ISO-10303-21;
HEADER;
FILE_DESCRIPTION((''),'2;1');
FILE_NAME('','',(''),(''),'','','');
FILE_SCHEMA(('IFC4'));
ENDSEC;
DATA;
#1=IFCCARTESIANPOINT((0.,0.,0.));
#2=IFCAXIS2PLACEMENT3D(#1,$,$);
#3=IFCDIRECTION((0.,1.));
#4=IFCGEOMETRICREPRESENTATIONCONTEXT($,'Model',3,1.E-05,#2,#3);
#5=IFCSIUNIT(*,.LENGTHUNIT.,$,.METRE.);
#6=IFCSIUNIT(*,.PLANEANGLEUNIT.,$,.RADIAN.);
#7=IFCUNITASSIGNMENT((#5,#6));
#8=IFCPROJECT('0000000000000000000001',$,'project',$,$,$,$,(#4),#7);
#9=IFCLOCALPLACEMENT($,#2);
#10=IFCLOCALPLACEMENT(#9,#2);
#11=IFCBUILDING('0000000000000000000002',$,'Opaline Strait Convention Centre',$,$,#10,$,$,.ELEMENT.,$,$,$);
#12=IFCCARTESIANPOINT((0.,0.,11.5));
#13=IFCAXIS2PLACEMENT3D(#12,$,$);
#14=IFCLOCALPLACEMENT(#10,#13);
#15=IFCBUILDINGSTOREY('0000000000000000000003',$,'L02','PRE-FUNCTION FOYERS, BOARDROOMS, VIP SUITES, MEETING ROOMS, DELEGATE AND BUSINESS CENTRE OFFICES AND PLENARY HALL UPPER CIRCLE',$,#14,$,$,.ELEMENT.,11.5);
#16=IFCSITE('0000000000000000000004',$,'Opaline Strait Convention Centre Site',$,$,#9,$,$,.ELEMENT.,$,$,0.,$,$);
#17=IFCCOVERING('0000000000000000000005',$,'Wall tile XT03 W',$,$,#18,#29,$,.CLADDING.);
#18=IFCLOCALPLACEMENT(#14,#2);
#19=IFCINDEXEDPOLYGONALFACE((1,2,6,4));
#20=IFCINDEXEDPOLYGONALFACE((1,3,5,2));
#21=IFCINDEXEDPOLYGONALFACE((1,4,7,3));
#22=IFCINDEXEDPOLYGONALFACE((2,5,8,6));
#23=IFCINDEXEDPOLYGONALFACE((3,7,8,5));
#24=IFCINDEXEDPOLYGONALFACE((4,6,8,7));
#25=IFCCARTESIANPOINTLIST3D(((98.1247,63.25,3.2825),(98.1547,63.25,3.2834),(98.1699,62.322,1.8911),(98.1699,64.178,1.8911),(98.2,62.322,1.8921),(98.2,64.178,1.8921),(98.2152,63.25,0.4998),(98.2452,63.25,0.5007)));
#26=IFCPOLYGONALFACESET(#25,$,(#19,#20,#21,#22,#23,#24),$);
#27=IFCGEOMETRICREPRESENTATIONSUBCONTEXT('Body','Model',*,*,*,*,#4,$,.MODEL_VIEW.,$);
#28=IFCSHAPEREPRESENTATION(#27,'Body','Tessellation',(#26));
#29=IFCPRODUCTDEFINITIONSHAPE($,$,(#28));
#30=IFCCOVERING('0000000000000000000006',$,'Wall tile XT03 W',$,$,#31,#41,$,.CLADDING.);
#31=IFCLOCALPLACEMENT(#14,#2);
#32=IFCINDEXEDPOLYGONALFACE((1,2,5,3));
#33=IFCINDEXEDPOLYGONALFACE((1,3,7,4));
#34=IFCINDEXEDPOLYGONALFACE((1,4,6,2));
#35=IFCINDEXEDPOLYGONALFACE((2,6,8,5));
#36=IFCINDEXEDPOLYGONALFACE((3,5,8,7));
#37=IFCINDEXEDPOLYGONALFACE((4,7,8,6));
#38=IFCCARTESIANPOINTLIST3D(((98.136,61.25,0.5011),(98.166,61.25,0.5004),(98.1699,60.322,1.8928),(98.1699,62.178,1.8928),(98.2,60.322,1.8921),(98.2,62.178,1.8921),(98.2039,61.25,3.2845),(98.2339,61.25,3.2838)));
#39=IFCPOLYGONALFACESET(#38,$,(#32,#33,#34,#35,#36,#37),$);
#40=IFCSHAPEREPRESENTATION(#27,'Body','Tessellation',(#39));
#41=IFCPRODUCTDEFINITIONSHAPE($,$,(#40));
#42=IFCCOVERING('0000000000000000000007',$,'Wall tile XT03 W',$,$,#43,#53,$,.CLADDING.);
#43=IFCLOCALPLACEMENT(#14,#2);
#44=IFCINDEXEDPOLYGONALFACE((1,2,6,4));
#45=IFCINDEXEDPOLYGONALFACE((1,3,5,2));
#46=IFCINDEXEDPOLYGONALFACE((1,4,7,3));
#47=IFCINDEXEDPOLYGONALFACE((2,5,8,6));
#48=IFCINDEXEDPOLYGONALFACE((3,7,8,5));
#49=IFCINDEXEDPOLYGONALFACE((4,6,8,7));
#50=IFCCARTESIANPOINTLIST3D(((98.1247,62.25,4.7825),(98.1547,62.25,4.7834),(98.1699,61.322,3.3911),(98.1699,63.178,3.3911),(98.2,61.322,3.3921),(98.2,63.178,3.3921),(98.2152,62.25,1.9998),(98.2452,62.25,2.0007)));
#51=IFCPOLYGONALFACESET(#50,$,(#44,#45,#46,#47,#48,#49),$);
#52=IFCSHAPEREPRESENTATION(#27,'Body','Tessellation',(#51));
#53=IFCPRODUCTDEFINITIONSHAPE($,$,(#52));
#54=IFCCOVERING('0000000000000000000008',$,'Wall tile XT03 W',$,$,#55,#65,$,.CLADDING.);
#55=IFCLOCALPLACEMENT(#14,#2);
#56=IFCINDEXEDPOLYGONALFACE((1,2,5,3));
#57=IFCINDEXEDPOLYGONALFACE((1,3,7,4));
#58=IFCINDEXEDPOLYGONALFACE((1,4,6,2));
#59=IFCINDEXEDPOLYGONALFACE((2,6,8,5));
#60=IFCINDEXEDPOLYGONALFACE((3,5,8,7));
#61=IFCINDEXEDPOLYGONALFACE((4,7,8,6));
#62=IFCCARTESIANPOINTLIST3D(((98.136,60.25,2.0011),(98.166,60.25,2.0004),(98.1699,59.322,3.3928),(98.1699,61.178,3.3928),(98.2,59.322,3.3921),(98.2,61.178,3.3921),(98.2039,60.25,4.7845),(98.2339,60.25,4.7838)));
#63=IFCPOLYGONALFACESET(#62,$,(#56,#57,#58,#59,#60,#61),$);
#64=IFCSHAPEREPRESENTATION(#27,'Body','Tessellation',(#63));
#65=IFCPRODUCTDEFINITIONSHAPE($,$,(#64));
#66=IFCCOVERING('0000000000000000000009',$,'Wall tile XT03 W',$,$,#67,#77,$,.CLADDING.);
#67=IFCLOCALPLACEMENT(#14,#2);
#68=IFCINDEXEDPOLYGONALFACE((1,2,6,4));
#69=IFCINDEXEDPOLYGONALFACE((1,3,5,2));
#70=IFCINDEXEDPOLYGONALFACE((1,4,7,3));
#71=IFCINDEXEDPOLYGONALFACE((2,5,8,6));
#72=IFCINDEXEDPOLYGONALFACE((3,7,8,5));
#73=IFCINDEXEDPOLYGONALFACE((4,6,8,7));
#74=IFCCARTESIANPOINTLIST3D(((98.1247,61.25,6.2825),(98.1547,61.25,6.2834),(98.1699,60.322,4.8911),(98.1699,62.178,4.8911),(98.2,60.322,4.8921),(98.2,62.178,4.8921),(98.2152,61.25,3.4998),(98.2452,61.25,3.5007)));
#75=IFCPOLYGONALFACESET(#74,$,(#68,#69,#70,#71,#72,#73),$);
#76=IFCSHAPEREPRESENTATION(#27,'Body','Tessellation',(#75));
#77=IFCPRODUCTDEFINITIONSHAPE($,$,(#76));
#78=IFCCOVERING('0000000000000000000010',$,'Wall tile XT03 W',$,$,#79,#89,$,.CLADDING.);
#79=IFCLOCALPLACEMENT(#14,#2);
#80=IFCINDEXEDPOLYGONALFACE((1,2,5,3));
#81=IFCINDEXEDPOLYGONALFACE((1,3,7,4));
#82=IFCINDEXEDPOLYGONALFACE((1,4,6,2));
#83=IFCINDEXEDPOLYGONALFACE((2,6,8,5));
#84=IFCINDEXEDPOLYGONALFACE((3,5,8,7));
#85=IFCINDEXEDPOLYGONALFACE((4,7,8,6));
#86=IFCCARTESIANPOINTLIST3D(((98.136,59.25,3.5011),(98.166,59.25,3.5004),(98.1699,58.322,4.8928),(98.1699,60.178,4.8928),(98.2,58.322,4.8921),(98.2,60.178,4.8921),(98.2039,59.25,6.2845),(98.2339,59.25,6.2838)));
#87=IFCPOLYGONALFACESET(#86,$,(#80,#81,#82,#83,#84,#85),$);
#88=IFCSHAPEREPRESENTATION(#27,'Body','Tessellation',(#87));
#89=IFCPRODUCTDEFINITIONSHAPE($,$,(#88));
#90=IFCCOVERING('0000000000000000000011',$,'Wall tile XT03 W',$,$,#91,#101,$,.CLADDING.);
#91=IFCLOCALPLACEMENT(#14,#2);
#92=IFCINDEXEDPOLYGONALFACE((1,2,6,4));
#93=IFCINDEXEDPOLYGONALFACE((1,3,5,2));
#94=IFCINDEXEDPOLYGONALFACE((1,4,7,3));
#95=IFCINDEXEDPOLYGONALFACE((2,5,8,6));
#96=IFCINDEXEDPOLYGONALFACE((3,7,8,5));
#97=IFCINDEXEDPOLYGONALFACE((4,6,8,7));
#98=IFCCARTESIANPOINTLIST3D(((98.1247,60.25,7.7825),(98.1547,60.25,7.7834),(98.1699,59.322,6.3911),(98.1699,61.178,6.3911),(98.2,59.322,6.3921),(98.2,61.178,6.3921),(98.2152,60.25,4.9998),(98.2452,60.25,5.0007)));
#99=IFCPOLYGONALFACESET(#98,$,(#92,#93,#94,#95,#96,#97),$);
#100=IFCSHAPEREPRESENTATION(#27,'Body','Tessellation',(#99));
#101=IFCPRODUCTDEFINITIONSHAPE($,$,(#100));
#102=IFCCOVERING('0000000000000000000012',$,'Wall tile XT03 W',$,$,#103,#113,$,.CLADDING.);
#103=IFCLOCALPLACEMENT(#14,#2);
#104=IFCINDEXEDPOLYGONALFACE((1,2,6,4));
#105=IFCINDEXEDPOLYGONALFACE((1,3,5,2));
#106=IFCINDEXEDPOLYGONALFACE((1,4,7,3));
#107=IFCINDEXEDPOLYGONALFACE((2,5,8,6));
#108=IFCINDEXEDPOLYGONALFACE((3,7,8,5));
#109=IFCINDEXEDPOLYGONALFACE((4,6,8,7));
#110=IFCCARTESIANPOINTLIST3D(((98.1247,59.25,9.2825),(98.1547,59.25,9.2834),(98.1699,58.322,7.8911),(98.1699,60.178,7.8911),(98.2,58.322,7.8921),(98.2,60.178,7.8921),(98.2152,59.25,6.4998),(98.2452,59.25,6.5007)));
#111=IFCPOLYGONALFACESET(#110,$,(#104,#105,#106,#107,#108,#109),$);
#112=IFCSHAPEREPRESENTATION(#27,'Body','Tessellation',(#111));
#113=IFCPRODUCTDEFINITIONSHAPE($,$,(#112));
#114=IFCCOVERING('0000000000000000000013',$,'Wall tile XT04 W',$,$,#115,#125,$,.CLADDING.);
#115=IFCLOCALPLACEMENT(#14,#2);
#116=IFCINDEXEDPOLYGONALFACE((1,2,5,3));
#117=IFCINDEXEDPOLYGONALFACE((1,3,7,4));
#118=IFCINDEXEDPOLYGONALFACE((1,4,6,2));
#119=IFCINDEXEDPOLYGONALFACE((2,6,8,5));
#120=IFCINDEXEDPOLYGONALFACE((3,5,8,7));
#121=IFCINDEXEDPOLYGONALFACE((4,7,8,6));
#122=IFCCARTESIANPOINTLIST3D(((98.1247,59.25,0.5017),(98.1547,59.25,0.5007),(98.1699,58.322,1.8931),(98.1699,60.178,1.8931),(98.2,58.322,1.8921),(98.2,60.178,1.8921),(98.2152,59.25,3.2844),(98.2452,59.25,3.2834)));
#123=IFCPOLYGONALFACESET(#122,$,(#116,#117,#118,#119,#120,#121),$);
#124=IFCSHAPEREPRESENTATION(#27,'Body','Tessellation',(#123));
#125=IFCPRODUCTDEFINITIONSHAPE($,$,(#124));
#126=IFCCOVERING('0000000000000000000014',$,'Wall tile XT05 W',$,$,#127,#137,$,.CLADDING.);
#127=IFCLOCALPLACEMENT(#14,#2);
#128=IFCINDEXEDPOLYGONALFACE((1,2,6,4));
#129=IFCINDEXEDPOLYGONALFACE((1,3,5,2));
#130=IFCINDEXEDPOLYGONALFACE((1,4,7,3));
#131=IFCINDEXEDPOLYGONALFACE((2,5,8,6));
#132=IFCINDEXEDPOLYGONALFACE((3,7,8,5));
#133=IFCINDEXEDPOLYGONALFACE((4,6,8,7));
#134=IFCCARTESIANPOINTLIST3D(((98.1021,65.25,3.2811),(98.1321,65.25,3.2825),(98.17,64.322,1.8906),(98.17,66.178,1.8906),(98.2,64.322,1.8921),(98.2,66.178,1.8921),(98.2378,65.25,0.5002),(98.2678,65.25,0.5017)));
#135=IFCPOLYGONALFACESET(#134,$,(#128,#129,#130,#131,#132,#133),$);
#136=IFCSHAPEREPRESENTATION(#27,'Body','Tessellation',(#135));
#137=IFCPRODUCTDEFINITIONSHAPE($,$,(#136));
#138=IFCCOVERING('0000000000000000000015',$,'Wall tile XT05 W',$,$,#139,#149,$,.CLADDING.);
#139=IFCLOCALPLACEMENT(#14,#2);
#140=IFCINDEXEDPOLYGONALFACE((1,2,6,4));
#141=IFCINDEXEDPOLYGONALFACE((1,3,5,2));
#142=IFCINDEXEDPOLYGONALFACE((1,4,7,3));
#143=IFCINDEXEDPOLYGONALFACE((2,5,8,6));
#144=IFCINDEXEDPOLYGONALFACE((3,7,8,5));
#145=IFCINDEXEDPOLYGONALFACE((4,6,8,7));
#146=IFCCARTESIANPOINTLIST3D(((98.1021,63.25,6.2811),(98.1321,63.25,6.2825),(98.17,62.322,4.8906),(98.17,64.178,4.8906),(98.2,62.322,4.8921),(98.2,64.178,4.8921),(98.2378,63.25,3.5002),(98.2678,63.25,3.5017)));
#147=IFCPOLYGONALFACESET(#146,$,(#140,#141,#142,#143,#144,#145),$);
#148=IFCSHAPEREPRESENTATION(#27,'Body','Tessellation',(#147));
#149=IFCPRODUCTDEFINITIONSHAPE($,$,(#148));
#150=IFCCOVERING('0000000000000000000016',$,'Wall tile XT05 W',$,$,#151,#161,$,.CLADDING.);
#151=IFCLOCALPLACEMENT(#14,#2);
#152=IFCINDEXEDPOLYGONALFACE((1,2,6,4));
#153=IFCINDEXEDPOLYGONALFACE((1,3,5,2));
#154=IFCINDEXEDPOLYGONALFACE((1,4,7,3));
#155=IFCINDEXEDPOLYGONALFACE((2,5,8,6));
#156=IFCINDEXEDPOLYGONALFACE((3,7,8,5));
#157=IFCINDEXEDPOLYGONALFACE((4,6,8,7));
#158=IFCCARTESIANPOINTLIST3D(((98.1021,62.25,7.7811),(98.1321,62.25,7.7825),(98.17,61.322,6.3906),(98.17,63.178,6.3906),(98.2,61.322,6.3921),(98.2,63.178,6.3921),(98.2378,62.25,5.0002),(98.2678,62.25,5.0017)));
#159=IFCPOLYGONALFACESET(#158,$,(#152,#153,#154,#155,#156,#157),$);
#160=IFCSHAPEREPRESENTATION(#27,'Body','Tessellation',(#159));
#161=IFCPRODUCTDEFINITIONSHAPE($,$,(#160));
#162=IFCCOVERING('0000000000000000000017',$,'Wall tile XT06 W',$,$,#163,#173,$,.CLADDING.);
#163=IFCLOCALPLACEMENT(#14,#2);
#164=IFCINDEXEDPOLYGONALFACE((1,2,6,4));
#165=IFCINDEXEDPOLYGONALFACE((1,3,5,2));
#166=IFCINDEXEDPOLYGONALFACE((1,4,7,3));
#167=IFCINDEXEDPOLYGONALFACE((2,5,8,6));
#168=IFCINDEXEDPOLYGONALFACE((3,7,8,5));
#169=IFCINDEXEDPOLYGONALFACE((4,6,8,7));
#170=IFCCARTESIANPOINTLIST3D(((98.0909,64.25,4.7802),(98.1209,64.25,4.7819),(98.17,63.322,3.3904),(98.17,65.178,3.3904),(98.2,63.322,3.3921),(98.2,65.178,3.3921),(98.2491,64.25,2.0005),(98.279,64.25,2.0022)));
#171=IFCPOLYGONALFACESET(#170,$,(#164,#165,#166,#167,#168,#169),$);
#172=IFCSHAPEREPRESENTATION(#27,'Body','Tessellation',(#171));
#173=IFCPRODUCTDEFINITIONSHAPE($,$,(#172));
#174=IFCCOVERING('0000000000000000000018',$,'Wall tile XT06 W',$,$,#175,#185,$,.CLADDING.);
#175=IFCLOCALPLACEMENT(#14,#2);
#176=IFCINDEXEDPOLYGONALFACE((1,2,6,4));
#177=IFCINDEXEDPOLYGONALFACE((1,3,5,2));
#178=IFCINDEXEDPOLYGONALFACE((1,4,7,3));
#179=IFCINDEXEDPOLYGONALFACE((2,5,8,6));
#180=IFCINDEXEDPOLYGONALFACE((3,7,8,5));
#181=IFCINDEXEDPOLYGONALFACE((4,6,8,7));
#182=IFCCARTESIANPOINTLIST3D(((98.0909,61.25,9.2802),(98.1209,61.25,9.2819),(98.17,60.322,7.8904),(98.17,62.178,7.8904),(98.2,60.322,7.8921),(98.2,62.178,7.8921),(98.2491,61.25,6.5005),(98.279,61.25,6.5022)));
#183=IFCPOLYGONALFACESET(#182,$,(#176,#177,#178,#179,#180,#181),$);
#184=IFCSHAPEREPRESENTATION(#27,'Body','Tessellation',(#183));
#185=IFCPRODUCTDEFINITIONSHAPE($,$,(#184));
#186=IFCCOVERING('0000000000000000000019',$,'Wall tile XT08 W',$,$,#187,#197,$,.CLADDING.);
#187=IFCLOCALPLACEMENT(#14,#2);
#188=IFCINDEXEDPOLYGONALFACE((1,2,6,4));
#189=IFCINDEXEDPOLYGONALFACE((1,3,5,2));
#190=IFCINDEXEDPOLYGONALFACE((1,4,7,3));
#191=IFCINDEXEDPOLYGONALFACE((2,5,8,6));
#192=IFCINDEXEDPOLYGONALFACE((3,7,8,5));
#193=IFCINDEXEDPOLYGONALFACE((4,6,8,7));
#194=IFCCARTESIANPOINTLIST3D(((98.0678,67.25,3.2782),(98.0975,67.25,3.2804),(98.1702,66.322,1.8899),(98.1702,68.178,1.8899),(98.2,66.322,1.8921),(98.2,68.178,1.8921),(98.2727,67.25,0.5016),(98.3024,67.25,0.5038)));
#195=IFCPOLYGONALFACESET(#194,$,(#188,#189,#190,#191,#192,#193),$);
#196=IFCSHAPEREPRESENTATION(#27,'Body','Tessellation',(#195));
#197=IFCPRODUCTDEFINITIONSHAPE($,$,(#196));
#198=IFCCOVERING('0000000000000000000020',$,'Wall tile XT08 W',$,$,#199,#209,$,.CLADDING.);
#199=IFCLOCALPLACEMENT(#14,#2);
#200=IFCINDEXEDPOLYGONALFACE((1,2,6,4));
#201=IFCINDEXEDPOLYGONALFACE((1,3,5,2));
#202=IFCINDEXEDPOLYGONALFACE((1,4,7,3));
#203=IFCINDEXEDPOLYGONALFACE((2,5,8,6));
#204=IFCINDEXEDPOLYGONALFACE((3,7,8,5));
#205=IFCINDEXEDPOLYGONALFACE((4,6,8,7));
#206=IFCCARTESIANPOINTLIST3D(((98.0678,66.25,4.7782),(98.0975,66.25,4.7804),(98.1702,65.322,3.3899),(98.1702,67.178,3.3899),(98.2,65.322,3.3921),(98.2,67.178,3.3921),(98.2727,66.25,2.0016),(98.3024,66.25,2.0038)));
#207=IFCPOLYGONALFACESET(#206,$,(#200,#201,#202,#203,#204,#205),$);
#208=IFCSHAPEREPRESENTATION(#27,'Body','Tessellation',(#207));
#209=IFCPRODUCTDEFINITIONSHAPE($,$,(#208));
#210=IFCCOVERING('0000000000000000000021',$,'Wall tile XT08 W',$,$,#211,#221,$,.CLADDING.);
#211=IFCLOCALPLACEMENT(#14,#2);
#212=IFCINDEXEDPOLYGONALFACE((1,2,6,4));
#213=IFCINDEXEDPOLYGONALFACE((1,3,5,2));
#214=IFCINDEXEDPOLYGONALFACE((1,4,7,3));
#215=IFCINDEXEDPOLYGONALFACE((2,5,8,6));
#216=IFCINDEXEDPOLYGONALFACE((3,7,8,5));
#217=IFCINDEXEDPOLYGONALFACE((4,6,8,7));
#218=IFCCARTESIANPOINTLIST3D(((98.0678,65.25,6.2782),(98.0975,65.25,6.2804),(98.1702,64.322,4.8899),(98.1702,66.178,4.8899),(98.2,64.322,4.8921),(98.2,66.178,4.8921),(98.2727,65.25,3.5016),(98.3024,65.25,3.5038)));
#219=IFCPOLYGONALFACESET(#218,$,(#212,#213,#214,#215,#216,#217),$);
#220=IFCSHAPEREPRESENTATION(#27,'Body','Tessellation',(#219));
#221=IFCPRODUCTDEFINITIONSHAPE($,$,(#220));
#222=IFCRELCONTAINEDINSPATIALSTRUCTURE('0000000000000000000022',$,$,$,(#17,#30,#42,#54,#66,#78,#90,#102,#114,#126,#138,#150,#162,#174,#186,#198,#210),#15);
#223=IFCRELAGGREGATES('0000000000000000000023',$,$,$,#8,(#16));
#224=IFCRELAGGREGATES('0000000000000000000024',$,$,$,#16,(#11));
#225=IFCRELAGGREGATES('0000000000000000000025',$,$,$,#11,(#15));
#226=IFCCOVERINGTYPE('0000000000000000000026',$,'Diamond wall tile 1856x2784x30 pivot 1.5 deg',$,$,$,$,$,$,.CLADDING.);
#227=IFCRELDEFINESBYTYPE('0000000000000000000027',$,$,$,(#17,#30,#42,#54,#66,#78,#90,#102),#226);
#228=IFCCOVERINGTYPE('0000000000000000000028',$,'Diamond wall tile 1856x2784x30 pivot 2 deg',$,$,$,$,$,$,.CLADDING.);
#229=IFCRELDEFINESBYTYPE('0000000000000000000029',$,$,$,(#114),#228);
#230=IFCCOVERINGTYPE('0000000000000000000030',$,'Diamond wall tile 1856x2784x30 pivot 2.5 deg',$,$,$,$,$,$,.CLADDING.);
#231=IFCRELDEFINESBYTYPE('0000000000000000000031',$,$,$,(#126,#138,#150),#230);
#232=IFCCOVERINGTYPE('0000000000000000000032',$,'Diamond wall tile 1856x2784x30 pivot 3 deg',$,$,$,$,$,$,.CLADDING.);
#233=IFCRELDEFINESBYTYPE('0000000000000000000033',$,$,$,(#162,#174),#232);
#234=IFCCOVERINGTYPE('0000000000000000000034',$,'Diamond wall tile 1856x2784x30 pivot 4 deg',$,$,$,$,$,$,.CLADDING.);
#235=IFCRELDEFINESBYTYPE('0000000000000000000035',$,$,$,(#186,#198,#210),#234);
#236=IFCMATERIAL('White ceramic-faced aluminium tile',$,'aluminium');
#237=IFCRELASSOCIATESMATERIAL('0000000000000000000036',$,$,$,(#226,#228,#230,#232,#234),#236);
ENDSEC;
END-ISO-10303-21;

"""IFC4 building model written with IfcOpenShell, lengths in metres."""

from ifc_helpers import new_model, si_unit, direction, frame, origin, place, context, subcontext, project, spatial, polyline, outline, extrude, material, material_profile, profile_set, type_object, element, save


model = new_model("IFC4")

# Units and contexts
model_context = context("Model", 3, precision=1e-05, world=origin(), true_north=direction((0.0, 1.0)))
body_context = subcontext(model_context, "Body", "Model", "MODEL_VIEW")
ifc_project = project(units=[si_unit("LENGTHUNIT", "METRE"), si_unit("PLANEANGLEUNIT", "RADIAN")], contexts=[model_context])

# Site, building, storey
site_placement = place(None, origin())
site = spatial("IfcSite", under=ifc_project, at=site_placement, Name="Opaline Strait Convention Centre Site", CompositionType="ELEMENT", RefElevation=0.0)
building_placement = place(site_placement, origin())
building = spatial("IfcBuilding", under=site, at=building_placement, Name="Opaline Strait Convention Centre", CompositionType="ELEMENT")
storey_placement = place(building_placement, frame((0.0, 0.0, 11.5)))
storey = spatial("IfcBuildingStorey", under=building, at=storey_placement, Name="L02", Description="PRE-FUNCTION FOYERS, BOARDROOMS, VIP SUITES, MEETING ROOMS, DELEGATE AND BUSINESS CENTRE OFFICES AND PLENARY HALL UPPER CIRCLE", CompositionType="ELEMENT", Elevation=11.5)

# Coverings
ifc_material_1 = material(Name="White ceramic-faced aluminium tile", Category="aluminium")
ifc_material_profile_1 = material_profile(ifc_material_1, outline(polyline([(0.928, 0.0), (0.0, 1.3921), (-0.928, 0.0), (0.0, -1.3921), (0.928, 0.0)])), Name="Diamond tile 1856x2784")
ifc_profile_set_1 = profile_set([ifc_material_profile_1], Name="White ceramic-faced aluminium tile")
covering_type_1 = type_object("IfcCoveringType", Name="Diamond wall tile 1856x2784x30 pivot 1.5 deg", PredefinedType="CLADDING", material=ifc_profile_set_1)
for number, where, z_axis, x_axis, name in (
    (1, (98.2, 63.25, 1.8921), (-0.999472, 0.0, -0.032503), (0.0, -1.0, 0.0), "Wall tile XT03 W"),
    (2, (98.2, 61.25, 1.8921), (-0.999703, 0.0, 0.024383), (0.0, -1.0, 0.0), "Wall tile XT03 W"),
    (3, (98.2, 62.25, 3.3921), (-0.999472, 0.0, -0.032503), (0.0, -1.0, 0.0), "Wall tile XT03 W"),
    (4, (98.2, 60.25, 3.3921), (-0.999703, 0.0, 0.024383), (0.0, -1.0, 0.0), "Wall tile XT03 W"),
    (5, (98.2, 61.25, 4.8921), (-0.999472, 0.0, -0.032503), (0.0, -1.0, 0.0), "Wall tile XT03 W"),
    (6, (98.2, 59.25, 4.8921), (-0.999703, 0.0, 0.024383), (0.0, -1.0, 0.0), "Wall tile XT03 W"),
    (7, (98.2, 60.25, 6.3921), (-0.999472, 0.0, -0.032503), (0.0, -1.0, 0.0), "Wall tile XT03 W"),
    (8, (98.2, 59.25, 7.8921), (-0.999472, 0.0, -0.032503), (0.0, -1.0, 0.0), "Wall tile XT03 W"),
):
    element("IfcCovering", number, at=place(storey_placement, frame(where, z_axis=z_axis, x_axis=x_axis)), inside=storey, type_object=covering_type_1, Name=name, PredefinedType="CLADDING", context=body_context, shape_type="SweptSolid", body=[
        extrude(outline(polyline([(0.928, 0.0), (0.0, 1.3921), (-0.928, 0.0), (0.0, -1.3921), (0.928, 0.0)])), origin(), (0.0, 0.0, 1.0), 0.03),
    ])
ifc_material_profile_2 = material_profile(ifc_material_1, outline(polyline([(0.928, 0.0), (0.0, 1.3921), (-0.928, 0.0), (0.0, -1.3921), (0.928, 0.0)])), Name="Diamond tile 1856x2784")
ifc_profile_set_2 = profile_set([ifc_material_profile_2], Name="White ceramic-faced aluminium tile")
covering_type_2 = type_object("IfcCoveringType", Name="Diamond wall tile 1856x2784x30 pivot 2 deg", PredefinedType="CLADDING", material=ifc_profile_set_2)
covering_placement = place(storey_placement, frame((98.2, 59.25, 1.8921), z_axis=(-0.999472, 0.0, 0.032503), x_axis=(0.0, -1.0, 0.0)))
element("IfcCovering", 9, at=covering_placement, inside=storey, type_object=covering_type_2, Name="Wall tile XT04 W", PredefinedType="CLADDING", context=body_context, shape_type="SweptSolid", body=[
    extrude(outline(polyline([(0.928, 0.0), (0.0, 1.3921), (-0.928, 0.0), (0.0, -1.3921), (0.928, 0.0)])), origin(), (0.0, 0.0, 1.0), 0.03),
])
ifc_material_profile_3 = material_profile(ifc_material_1, outline(polyline([(0.928, 0.0), (0.0, 1.3921), (-0.928, 0.0), (0.0, -1.3921), (0.928, 0.0)])), Name="Diamond tile 1856x2784")
ifc_profile_set_3 = profile_set([ifc_material_profile_3], Name="White ceramic-faced aluminium tile")
covering_type_3 = type_object("IfcCoveringType", Name="Diamond wall tile 1856x2784x30 pivot 2.5 deg", PredefinedType="CLADDING", material=ifc_profile_set_3)
for number, where, z_axis, x_axis, name in (
    (10, (98.2, 65.25, 1.8921), (-0.998812, 0.0, -0.048723), (0.0, -1.0, 0.0), "Wall tile XT05 W"),
    (11, (98.2, 63.25, 4.8921), (-0.998812, 0.0, -0.048723), (0.0, -1.0, 0.0), "Wall tile XT05 W"),
    (12, (98.2, 62.25, 6.3921), (-0.998812, 0.0, -0.048723), (0.0, -1.0, 0.0), "Wall tile XT05 W"),
):
    element("IfcCovering", number, at=place(storey_placement, frame(where, z_axis=z_axis, x_axis=x_axis)), inside=storey, type_object=covering_type_3, Name=name, PredefinedType="CLADDING", context=body_context, shape_type="SweptSolid", body=[
        extrude(outline(polyline([(0.928, 0.0), (0.0, 1.3921), (-0.928, 0.0), (0.0, -1.3921), (0.928, 0.0)])), origin(), (0.0, 0.0, 1.0), 0.03),
    ])
ifc_material_profile_4 = material_profile(ifc_material_1, outline(polyline([(0.928, 0.0), (0.0, 1.3921), (-0.928, 0.0), (0.0, -1.3921), (0.928, 0.0)])), Name="Diamond tile 1856x2784")
ifc_profile_set_4 = profile_set([ifc_material_profile_4], Name="White ceramic-faced aluminium tile")
covering_type_4 = type_object("IfcCoveringType", Name="Diamond wall tile 1856x2784x30 pivot 3 deg", PredefinedType="CLADDING", material=ifc_profile_set_4)
for number, where, z_axis, x_axis, name in (
    (13, (98.2, 64.25, 3.3921), (-0.998385, 0.0, -0.056819), (0.0, -1.0, 0.0), "Wall tile XT06 W"),
    (14, (98.2, 61.25, 7.8921), (-0.998385, 0.0, -0.056819), (0.0, -1.0, 0.0), "Wall tile XT06 W"),
):
    element("IfcCovering", number, at=place(storey_placement, frame(where, z_axis=z_axis, x_axis=x_axis)), inside=storey, type_object=covering_type_4, Name=name, PredefinedType="CLADDING", context=body_context, shape_type="SweptSolid", body=[
        extrude(outline(polyline([(0.928, 0.0), (0.0, 1.3921), (-0.928, 0.0), (0.0, -1.3921), (0.928, 0.0)])), origin(), (0.0, 0.0, 1.0), 0.03),
    ])
ifc_material_profile_5 = material_profile(ifc_material_1, outline(polyline([(0.928, 0.0), (0.0, 1.3921), (-0.928, 0.0), (0.0, -1.3921), (0.928, 0.0)])), Name="Diamond tile 1856x2784")
ifc_profile_set_5 = profile_set([ifc_material_profile_5], Name="White ceramic-faced aluminium tile")
covering_type_5 = type_object("IfcCoveringType", Name="Diamond wall tile 1856x2784x30 pivot 4 deg", PredefinedType="CLADDING", material=ifc_profile_set_5)
for number, where, z_axis, x_axis, name in (
    (15, (98.2, 67.25, 1.8921), (-0.99729, 0.0, -0.073571), (0.0, -1.0, 0.0), "Wall tile XT08 W"),
    (16, (98.2, 66.25, 3.3921), (-0.99729, 0.0, -0.073571), (0.0, -1.0, 0.0), "Wall tile XT08 W"),
    (17, (98.2, 65.25, 4.8921), (-0.99729, 0.0, -0.073571), (0.0, -1.0, 0.0), "Wall tile XT08 W"),
):
    element("IfcCovering", number, at=place(storey_placement, frame(where, z_axis=z_axis, x_axis=x_axis)), inside=storey, type_object=covering_type_5, Name=name, PredefinedType="CLADDING", context=body_context, shape_type="SweptSolid", body=[
        extrude(outline(polyline([(0.928, 0.0), (0.0, 1.3921), (-0.928, 0.0), (0.0, -1.3921), (0.928, 0.0)])), origin(), (0.0, 0.0, 1.0), 0.0298),
    ])

save(model, "model.ifc")
